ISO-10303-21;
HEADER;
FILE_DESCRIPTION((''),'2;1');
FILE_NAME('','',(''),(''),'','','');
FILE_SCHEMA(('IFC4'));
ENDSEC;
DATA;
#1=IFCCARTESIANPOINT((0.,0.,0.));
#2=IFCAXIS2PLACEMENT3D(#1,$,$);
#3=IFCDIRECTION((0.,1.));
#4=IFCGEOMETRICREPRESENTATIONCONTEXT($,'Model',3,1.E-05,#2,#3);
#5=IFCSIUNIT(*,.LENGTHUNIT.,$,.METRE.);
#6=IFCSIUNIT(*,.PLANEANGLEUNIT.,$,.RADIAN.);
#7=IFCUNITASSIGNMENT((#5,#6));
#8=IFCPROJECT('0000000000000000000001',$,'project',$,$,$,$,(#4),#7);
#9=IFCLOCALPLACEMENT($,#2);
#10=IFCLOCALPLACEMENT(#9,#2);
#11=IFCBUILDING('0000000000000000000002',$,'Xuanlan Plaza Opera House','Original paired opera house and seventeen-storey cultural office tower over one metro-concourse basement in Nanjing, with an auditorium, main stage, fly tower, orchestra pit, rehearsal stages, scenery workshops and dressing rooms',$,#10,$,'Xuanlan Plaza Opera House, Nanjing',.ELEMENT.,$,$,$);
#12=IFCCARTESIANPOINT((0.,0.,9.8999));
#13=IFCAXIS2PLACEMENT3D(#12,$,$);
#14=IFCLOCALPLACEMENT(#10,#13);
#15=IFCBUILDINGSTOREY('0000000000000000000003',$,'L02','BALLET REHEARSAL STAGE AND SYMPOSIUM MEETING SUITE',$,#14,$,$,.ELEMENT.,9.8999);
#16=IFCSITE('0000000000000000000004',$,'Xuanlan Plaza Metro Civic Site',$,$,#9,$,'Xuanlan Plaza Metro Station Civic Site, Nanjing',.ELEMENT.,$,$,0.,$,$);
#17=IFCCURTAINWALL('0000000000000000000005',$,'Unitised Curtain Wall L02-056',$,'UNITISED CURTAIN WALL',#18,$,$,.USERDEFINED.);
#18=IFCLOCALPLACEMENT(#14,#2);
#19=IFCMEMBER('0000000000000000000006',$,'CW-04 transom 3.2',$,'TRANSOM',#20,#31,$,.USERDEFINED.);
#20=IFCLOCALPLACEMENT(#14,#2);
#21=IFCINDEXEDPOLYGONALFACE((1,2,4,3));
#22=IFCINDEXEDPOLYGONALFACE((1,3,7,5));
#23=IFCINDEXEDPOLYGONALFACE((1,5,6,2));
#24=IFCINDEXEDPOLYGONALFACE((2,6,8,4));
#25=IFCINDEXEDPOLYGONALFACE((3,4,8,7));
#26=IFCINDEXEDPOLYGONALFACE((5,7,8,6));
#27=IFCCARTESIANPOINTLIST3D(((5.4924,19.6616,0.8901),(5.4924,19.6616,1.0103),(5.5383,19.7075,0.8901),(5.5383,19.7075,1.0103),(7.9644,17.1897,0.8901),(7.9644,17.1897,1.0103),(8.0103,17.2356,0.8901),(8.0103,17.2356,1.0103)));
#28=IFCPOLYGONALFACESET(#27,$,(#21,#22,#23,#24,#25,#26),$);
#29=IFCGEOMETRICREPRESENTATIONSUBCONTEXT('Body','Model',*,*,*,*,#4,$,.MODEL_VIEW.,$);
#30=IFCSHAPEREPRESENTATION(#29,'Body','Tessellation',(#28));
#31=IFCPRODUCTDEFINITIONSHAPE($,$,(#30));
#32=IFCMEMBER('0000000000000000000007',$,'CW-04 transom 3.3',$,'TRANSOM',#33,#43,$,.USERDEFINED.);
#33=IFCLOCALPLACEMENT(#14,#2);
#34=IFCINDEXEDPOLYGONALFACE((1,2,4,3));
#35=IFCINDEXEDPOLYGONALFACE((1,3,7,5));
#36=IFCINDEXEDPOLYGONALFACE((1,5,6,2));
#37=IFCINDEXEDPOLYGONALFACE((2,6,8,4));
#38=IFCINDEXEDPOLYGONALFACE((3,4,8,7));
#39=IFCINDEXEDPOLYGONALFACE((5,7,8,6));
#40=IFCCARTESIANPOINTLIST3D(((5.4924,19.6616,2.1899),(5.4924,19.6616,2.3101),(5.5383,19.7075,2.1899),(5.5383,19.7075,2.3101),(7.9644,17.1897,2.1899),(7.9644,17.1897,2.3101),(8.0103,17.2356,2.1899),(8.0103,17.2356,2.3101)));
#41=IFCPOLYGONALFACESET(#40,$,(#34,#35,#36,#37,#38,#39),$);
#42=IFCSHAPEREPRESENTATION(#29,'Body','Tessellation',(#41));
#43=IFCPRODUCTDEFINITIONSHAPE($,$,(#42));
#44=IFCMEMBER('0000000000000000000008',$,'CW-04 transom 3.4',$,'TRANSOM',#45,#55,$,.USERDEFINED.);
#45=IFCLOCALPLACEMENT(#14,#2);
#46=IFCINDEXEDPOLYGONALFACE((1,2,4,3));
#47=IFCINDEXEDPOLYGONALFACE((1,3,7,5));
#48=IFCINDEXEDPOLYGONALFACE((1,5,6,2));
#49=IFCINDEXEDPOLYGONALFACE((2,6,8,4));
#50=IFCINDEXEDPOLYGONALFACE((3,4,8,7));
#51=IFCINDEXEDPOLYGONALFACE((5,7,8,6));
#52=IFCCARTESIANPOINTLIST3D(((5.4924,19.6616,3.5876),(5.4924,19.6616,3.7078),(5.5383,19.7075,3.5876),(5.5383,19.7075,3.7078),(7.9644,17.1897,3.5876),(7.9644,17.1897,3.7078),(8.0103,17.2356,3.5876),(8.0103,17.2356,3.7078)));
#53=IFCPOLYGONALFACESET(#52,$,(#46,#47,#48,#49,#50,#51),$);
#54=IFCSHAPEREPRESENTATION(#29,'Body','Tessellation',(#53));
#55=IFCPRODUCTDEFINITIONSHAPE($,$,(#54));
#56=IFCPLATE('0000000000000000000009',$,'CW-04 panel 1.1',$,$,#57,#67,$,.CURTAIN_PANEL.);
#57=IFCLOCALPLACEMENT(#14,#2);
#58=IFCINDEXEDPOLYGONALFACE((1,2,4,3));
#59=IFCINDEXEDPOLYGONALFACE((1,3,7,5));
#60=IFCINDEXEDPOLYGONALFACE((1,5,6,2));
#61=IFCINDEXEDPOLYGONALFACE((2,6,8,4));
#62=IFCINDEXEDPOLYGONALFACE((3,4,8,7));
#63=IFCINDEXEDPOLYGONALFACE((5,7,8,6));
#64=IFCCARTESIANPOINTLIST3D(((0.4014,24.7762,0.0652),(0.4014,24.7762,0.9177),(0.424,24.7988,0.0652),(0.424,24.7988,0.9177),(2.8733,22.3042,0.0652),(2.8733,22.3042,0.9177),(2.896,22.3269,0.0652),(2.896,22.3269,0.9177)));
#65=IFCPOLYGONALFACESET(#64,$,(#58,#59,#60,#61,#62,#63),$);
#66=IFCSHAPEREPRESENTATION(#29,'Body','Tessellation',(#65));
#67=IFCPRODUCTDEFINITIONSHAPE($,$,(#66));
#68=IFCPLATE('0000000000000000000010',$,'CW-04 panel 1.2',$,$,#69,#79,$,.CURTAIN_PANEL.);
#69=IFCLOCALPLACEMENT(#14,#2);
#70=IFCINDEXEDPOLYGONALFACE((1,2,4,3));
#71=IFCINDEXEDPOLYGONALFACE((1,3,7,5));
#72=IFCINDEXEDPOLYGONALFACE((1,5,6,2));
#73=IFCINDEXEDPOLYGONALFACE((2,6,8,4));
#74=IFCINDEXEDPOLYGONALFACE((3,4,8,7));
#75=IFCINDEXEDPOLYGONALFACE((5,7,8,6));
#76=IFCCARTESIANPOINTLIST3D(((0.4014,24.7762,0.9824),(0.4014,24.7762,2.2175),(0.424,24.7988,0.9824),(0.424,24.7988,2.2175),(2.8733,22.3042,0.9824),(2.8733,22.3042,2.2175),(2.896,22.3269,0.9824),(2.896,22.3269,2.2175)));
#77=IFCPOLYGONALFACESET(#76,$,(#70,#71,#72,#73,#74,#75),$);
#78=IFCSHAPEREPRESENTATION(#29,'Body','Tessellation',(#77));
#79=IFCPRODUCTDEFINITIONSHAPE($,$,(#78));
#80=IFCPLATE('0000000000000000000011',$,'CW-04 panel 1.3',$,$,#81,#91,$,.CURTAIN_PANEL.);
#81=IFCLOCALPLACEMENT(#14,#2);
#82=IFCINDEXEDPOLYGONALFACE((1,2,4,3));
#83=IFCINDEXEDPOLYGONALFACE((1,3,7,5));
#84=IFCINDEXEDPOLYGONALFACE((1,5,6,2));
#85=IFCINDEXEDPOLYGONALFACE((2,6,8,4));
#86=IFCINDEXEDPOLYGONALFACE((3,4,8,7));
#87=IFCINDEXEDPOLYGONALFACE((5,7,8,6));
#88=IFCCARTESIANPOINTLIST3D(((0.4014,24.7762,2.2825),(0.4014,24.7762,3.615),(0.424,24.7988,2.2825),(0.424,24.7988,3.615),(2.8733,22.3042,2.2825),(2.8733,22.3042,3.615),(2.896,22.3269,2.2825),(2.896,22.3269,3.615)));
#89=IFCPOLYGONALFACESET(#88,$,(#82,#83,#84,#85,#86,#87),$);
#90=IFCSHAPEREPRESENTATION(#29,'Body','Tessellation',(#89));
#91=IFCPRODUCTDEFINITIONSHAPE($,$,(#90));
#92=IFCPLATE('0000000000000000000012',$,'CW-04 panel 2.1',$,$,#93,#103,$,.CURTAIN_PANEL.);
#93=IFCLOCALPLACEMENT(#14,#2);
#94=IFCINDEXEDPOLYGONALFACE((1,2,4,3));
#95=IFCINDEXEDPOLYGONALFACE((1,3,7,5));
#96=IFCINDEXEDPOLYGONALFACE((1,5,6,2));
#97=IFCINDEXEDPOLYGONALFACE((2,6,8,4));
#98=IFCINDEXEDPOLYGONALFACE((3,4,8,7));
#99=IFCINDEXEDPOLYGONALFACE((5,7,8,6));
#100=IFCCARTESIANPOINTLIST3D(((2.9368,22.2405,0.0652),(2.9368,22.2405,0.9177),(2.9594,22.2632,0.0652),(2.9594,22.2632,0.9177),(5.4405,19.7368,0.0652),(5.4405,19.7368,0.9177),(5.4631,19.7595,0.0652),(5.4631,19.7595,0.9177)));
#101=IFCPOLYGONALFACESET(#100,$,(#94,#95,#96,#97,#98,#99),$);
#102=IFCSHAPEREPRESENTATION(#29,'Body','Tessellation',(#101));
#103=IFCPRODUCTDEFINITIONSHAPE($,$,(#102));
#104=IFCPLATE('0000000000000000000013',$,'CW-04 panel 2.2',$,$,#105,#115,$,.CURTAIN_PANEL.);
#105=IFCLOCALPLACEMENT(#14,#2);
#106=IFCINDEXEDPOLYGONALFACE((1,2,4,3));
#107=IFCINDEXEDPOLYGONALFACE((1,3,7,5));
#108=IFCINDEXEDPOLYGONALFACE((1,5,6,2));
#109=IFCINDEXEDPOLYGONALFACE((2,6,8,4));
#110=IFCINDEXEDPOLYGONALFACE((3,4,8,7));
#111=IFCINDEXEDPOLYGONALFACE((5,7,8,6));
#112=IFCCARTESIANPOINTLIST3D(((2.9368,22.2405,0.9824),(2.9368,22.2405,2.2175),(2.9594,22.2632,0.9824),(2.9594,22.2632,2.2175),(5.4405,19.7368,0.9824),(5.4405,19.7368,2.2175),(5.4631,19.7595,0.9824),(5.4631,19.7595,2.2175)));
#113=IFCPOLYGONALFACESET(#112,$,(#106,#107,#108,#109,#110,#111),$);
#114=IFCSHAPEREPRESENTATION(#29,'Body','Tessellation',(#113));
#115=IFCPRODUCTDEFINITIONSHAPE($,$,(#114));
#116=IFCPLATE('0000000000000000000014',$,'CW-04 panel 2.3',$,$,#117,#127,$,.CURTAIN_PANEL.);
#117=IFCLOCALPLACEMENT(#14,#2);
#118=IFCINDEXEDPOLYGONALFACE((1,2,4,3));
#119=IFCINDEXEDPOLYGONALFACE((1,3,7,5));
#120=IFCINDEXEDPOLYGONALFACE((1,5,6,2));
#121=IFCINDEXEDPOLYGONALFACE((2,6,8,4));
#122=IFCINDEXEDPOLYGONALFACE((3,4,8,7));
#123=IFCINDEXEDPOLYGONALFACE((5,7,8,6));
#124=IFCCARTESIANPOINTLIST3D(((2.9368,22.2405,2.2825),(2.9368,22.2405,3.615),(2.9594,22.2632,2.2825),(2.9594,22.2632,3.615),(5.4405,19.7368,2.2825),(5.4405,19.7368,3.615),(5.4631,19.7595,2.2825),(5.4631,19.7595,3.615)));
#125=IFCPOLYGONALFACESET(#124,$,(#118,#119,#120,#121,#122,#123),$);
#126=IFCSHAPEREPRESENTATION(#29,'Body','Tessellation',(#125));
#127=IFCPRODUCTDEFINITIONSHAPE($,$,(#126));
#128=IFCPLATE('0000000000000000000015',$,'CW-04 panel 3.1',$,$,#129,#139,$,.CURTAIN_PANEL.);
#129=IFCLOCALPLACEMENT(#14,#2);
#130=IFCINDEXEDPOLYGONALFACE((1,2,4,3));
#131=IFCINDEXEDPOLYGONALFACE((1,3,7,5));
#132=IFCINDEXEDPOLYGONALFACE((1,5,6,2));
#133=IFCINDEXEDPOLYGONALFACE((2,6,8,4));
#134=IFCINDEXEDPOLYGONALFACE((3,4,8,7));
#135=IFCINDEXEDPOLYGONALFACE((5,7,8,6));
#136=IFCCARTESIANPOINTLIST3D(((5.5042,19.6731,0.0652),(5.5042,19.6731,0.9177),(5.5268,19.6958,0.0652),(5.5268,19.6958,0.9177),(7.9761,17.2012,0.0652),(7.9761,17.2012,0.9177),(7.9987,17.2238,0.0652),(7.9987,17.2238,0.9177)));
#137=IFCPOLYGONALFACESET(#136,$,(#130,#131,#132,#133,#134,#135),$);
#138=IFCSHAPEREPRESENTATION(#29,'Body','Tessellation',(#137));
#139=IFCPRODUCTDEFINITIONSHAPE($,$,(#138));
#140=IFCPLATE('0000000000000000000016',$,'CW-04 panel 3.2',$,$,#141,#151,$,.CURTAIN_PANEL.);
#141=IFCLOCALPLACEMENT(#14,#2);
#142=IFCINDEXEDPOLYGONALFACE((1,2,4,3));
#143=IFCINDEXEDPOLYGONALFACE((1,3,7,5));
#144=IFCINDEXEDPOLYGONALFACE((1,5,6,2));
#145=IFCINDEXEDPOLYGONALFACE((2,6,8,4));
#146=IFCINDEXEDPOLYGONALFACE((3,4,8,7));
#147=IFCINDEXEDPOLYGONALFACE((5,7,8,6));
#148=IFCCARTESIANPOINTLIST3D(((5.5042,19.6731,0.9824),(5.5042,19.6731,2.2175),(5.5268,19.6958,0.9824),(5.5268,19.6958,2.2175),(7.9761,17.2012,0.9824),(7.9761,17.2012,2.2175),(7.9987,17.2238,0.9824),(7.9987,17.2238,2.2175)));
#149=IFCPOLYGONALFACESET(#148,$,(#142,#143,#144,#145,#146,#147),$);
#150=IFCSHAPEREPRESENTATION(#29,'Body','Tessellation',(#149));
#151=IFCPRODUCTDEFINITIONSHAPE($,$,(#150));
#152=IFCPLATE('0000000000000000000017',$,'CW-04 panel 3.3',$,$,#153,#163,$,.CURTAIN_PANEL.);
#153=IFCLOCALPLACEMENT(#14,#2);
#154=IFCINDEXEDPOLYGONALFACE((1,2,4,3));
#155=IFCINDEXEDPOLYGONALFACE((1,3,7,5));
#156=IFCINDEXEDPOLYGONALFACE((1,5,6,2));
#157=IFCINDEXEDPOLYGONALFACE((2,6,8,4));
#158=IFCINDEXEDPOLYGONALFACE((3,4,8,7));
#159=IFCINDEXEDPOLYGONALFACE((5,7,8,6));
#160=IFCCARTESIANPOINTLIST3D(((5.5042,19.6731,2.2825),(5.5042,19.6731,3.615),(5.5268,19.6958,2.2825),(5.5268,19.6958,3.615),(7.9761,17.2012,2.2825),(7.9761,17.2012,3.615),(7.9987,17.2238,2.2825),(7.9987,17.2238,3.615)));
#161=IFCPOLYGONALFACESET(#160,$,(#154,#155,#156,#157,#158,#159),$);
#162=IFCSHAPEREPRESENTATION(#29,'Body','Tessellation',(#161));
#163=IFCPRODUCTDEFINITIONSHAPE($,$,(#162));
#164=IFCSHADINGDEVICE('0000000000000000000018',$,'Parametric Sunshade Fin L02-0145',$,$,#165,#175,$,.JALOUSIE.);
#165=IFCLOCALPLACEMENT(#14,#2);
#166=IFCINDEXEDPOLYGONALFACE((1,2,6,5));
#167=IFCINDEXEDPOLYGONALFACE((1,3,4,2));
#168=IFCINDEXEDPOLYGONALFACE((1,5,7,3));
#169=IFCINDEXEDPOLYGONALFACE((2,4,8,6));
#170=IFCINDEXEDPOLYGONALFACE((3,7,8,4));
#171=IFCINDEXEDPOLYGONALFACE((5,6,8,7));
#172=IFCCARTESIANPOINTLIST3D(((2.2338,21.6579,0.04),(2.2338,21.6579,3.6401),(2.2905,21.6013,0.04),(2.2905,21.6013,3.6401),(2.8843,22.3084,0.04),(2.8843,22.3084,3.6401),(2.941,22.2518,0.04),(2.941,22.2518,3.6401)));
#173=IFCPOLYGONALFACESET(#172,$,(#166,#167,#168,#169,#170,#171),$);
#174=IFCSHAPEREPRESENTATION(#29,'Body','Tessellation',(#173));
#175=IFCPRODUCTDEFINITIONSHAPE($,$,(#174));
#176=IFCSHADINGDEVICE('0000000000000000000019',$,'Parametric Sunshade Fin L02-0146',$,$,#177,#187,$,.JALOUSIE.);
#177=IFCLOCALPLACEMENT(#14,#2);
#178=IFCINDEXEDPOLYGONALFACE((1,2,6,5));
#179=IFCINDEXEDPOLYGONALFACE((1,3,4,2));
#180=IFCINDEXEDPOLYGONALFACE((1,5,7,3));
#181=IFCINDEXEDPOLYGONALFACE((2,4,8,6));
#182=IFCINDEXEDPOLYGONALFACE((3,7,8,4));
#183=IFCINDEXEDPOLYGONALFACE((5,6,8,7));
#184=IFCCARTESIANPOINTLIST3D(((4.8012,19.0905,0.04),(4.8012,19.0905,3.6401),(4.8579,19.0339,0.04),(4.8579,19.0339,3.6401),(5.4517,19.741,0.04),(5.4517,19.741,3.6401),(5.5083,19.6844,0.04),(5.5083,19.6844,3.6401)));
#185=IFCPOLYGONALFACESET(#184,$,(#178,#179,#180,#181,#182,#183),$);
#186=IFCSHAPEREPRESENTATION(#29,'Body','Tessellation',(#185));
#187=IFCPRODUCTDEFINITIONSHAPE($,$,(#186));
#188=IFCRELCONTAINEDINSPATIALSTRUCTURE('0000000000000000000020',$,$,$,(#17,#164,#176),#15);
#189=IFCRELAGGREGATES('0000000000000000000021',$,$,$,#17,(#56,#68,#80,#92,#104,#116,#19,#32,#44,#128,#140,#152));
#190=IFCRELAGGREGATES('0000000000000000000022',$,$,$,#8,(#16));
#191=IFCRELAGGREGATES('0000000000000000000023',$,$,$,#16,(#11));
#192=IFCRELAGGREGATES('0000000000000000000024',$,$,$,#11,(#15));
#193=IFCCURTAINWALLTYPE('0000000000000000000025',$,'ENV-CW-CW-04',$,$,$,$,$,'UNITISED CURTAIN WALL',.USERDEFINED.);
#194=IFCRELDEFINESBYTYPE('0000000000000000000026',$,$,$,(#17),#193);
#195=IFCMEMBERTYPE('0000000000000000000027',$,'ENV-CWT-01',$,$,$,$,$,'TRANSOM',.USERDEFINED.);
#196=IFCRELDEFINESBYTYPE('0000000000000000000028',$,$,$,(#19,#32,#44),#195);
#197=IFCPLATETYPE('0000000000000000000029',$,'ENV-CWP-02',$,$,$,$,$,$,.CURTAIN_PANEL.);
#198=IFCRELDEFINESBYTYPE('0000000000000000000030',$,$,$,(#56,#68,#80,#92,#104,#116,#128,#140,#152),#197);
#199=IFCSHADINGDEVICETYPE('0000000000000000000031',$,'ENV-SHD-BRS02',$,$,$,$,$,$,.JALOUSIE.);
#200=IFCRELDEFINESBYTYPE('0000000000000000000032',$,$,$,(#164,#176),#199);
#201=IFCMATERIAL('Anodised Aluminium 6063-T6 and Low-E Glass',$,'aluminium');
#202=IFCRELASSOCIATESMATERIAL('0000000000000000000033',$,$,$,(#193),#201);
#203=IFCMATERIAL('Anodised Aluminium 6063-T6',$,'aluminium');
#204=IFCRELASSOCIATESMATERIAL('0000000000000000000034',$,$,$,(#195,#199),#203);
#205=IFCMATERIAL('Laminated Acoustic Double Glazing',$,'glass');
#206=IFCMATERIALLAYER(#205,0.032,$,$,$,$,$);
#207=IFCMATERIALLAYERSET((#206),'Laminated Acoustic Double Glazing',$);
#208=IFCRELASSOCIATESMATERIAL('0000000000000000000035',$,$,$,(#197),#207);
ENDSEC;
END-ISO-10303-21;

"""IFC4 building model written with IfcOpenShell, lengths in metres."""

from ifc_helpers import new_model, si_unit, direction, frame, origin, origin_2d, place, context, subcontext, project, spatial, rectangle, extrude, material, layer, layer_set, material_profile, profile_set, type_object, element, aggregate, save


model = new_model("IFC4")

# Units and contexts
model_context = context("Model", 3, precision=1e-05, world=origin(), true_north=direction((0.0, 1.0)))
body_context = subcontext(model_context, "Body", "Model", "MODEL_VIEW")
ifc_project = project(units=[si_unit("LENGTHUNIT", "METRE"), si_unit("PLANEANGLEUNIT", "RADIAN")], contexts=[model_context])

# Site, building, storey
site_placement = place(None, origin())
site = spatial("IfcSite", under=ifc_project, at=site_placement, Name="Xuanlan Plaza Metro Civic Site", LongName="Xuanlan Plaza Metro Station Civic Site, Nanjing", CompositionType="ELEMENT", RefElevation=0.0)
building_placement = place(site_placement, origin())
building = spatial("IfcBuilding", under=site, at=building_placement, Name="Xuanlan Plaza Opera House", Description="Original paired opera house and seventeen-storey cultural office tower over one metro-concourse basement in Nanjing, with an auditorium, main stage, fly tower, orchestra pit, rehearsal stages, scenery workshops and dressing rooms", LongName="Xuanlan Plaza Opera House, Nanjing", CompositionType="ELEMENT")
storey_placement = place(building_placement, frame((0.0, 0.0, 9.8999)))
storey = spatial("IfcBuildingStorey", under=building, at=storey_placement, Name="L02", Description="BALLET REHEARSAL STAGE AND SYMPOSIUM MEETING SUITE", CompositionType="ELEMENT", Elevation=9.8999)

# Curtain wall, members, plates
ifc_material_1 = material(Name="Anodised Aluminium 6063-T6 and Low-E Glass", Category="aluminium")
curtain_wall_type = type_object("IfcCurtainWallType", Name="ENV-CW-CW-04", ElementType="UNITISED CURTAIN WALL", PredefinedType="USERDEFINED", material=ifc_material_1)
curtain_wall_placement = place(storey_placement, origin())
curtain_wall = element("IfcCurtainWall", 1, at=curtain_wall_placement, inside=storey, type_object=curtain_wall_type, Name="Unitised Curtain Wall L02-056", ObjectType="UNITISED CURTAIN WALL", PredefinedType="USERDEFINED")
ifc_material_2 = material(Name="Anodised Aluminium 6063-T6", Category="aluminium")
ifc_material_profile_1 = material_profile(ifc_material_2, rectangle(XDim=0.0649, YDim=0.1201, at=origin_2d()), Name="ALU-T 65x120")
ifc_profile_set_1 = profile_set([ifc_material_profile_1], Name="Anodised Aluminium 6063-T6")
member_type_1 = type_object("IfcMemberType", Name="ENV-CWT-01", ElementType="TRANSOM", PredefinedType="USERDEFINED", material=ifc_profile_set_1)
member_1_placement = place(storey_placement, frame((5.5154, 19.6846, 0.9502), z_axis=(0.707107, -0.707107, 0.0), x_axis=(0.707107, 0.707107, 0.0)))
member_1 = element("IfcMember", 2, at=member_1_placement, type_object=member_type_1, Name="CW-04 transom 3.2", ObjectType="TRANSOM", PredefinedType="USERDEFINED", context=body_context, shape_type="SweptSolid", body=[
    extrude(rectangle(XDim=0.0649, YDim=0.1201, at=origin_2d()), origin(), (0.0, 0.0, 1.0), 3.4958),
])
member_2_placement = place(storey_placement, frame((5.5154, 19.6846, 2.25), z_axis=(0.707107, -0.707107, 0.0), x_axis=(0.707107, 0.707107, 0.0)))
member_2 = element("IfcMember", 3, at=member_2_placement, type_object=member_type_1, Name="CW-04 transom 3.3", ObjectType="TRANSOM", PredefinedType="USERDEFINED", context=body_context, shape_type="SweptSolid", body=[
    extrude(rectangle(XDim=0.0649, YDim=0.1201, at=origin_2d()), origin(), (0.0, 0.0, 1.0), 3.4958),
])
member_3_placement = place(storey_placement, frame((5.5154, 19.6846, 3.6477), z_axis=(0.707107, -0.707107, 0.0), x_axis=(0.707107, 0.707107, 0.0)))
member_3 = element("IfcMember", 4, at=member_3_placement, type_object=member_type_1, Name="CW-04 transom 3.4", ObjectType="TRANSOM", PredefinedType="USERDEFINED", context=body_context, shape_type="SweptSolid", body=[
    extrude(rectangle(XDim=0.0649, YDim=0.1201, at=origin_2d()), origin(), (0.0, 0.0, 1.0), 3.4958),
])
ifc_material_3 = material(Name="Laminated Acoustic Double Glazing", Category="glass")
ifc_layer = layer(ifc_material_3, 0.032)
ifc_layer_set = layer_set([ifc_layer], Name="Laminated Acoustic Double Glazing")
plate_type = type_object("IfcPlateType", Name="ENV-CWP-02", PredefinedType="CURTAIN_PANEL", material=ifc_layer_set)
plate_1_placement = place(storey_placement, frame((1.6487, 23.5515, 0.0652), z_axis=(0.0, 0.0, 1.0), x_axis=(0.707107, -0.707107, 0.0)))
plate_1 = element("IfcPlate", 5, at=plate_1_placement, type_object=plate_type, Name="CW-04 panel 1.1", PredefinedType="CURTAIN_PANEL", context=body_context, shape_type="SweptSolid", body=[
    extrude(rectangle(XDim=3.4958, YDim=0.032, at=origin_2d()), origin(), (0.0, 0.0, 1.0), 0.8525),
])
plate_2_placement = place(storey_placement, frame((1.6487, 23.5515, 0.9824), z_axis=(0.0, 0.0, 1.0), x_axis=(0.707107, -0.707107, 0.0)))
plate_2 = element("IfcPlate", 6, at=plate_2_placement, type_object=plate_type, Name="CW-04 panel 1.2", PredefinedType="CURTAIN_PANEL", context=body_context, shape_type="SweptSolid", body=[
    extrude(rectangle(XDim=3.4958, YDim=0.032, at=origin_2d()), origin(), (0.0, 0.0, 1.0), 1.2351),
])
plate_3_placement = place(storey_placement, frame((1.6487, 23.5515, 2.2825), z_axis=(0.0, 0.0, 1.0), x_axis=(0.707107, -0.707107, 0.0)))
plate_3 = element("IfcPlate", 7, at=plate_3_placement, type_object=plate_type, Name="CW-04 panel 1.3", PredefinedType="CURTAIN_PANEL", context=body_context, shape_type="SweptSolid", body=[
    extrude(rectangle(XDim=3.4958, YDim=0.032, at=origin_2d()), origin(), (0.0, 0.0, 1.0), 1.3325),
])
plate_4_placement = place(storey_placement, frame((4.2, 21.0, 0.0652), z_axis=(0.0, 0.0, 1.0), x_axis=(0.707107, -0.707107, 0.0)))
plate_4 = element("IfcPlate", 8, at=plate_4_placement, type_object=plate_type, Name="CW-04 panel 2.1", PredefinedType="CURTAIN_PANEL", context=body_context, shape_type="SweptSolid", body=[
    extrude(rectangle(XDim=3.5408, YDim=0.032, at=origin_2d()), origin(), (0.0, 0.0, 1.0), 0.8525),
])
plate_5_placement = place(storey_placement, frame((4.2, 21.0, 0.9824), z_axis=(0.0, 0.0, 1.0), x_axis=(0.707107, -0.707107, 0.0)))
plate_5 = element("IfcPlate", 9, at=plate_5_placement, type_object=plate_type, Name="CW-04 panel 2.2", PredefinedType="CURTAIN_PANEL", context=body_context, shape_type="SweptSolid", body=[
    extrude(rectangle(XDim=3.5408, YDim=0.032, at=origin_2d()), origin(), (0.0, 0.0, 1.0), 1.2351),
])
plate_6_placement = place(storey_placement, frame((4.2, 21.0, 2.2825), z_axis=(0.0, 0.0, 1.0), x_axis=(0.707107, -0.707107, 0.0)))
plate_6 = element("IfcPlate", 10, at=plate_6_placement, type_object=plate_type, Name="CW-04 panel 2.3", PredefinedType="CURTAIN_PANEL", context=body_context, shape_type="SweptSolid", body=[
    extrude(rectangle(XDim=3.5408, YDim=0.032, at=origin_2d()), origin(), (0.0, 0.0, 1.0), 1.3325),
])
plate_7_placement = place(storey_placement, frame((6.7515, 18.4485, 0.0652), z_axis=(0.0, 0.0, 1.0), x_axis=(0.707107, -0.707107, 0.0)))
plate_7 = element("IfcPlate", 11, at=plate_7_placement, type_object=plate_type, Name="CW-04 panel 3.1", PredefinedType="CURTAIN_PANEL", context=body_context, shape_type="SweptSolid", body=[
    extrude(rectangle(XDim=3.4958, YDim=0.032, at=origin_2d()), origin(), (0.0, 0.0, 1.0), 0.8525),
])
plate_8_placement = place(storey_placement, frame((6.7515, 18.4485, 0.9824), z_axis=(0.0, 0.0, 1.0), x_axis=(0.707107, -0.707107, 0.0)))
plate_8 = element("IfcPlate", 12, at=plate_8_placement, type_object=plate_type, Name="CW-04 panel 3.2", PredefinedType="CURTAIN_PANEL", context=body_context, shape_type="SweptSolid", body=[
    extrude(rectangle(XDim=3.4958, YDim=0.032, at=origin_2d()), origin(), (0.0, 0.0, 1.0), 1.2351),
])
plate_9_placement = place(storey_placement, frame((6.7515, 18.4485, 2.2825), z_axis=(0.0, 0.0, 1.0), x_axis=(0.707107, -0.707107, 0.0)))
plate_9 = element("IfcPlate", 13, at=plate_9_placement, type_object=plate_type, Name="CW-04 panel 3.3", PredefinedType="CURTAIN_PANEL", context=body_context, shape_type="SweptSolid", body=[
    extrude(rectangle(XDim=3.4958, YDim=0.032, at=origin_2d()), origin(), (0.0, 0.0, 1.0), 1.3325),
])
aggregate(curtain_wall, [plate_1, plate_2, plate_3, plate_4, plate_5, plate_6, member_1, member_2, member_3, plate_7, plate_8, plate_9])

# Shading devices
shading_device_type = type_object("IfcShadingDeviceType", Name="ENV-SHD-BRS02", PredefinedType="JALOUSIE", material=ifc_material_2)
for number, where, z_axis, x_axis, name in (
    (14, (2.5874, 21.9548, 0.04), (0.0, 0.0, 1.0), (-0.707107, -0.707107, 0.0), "Parametric Sunshade Fin L02-0145"),
    (15, (5.1548, 19.3875, 0.04), (0.0, 0.0, 1.0), (-0.707107, -0.707107, 0.0), "Parametric Sunshade Fin L02-0146"),
):
    element("IfcShadingDevice", number, at=place(storey_placement, frame(where, z_axis=z_axis, x_axis=x_axis)), inside=storey, type_object=shading_device_type, Name=name, PredefinedType="JALOUSIE", context=body_context, shape_type="SweptSolid", body=[
        extrude(rectangle(XDim=0.9199, YDim=0.0801, at=origin_2d()), origin(), (0.0, 0.0, 1.0), 3.6001),
    ])

save(model, "model.ifc")
